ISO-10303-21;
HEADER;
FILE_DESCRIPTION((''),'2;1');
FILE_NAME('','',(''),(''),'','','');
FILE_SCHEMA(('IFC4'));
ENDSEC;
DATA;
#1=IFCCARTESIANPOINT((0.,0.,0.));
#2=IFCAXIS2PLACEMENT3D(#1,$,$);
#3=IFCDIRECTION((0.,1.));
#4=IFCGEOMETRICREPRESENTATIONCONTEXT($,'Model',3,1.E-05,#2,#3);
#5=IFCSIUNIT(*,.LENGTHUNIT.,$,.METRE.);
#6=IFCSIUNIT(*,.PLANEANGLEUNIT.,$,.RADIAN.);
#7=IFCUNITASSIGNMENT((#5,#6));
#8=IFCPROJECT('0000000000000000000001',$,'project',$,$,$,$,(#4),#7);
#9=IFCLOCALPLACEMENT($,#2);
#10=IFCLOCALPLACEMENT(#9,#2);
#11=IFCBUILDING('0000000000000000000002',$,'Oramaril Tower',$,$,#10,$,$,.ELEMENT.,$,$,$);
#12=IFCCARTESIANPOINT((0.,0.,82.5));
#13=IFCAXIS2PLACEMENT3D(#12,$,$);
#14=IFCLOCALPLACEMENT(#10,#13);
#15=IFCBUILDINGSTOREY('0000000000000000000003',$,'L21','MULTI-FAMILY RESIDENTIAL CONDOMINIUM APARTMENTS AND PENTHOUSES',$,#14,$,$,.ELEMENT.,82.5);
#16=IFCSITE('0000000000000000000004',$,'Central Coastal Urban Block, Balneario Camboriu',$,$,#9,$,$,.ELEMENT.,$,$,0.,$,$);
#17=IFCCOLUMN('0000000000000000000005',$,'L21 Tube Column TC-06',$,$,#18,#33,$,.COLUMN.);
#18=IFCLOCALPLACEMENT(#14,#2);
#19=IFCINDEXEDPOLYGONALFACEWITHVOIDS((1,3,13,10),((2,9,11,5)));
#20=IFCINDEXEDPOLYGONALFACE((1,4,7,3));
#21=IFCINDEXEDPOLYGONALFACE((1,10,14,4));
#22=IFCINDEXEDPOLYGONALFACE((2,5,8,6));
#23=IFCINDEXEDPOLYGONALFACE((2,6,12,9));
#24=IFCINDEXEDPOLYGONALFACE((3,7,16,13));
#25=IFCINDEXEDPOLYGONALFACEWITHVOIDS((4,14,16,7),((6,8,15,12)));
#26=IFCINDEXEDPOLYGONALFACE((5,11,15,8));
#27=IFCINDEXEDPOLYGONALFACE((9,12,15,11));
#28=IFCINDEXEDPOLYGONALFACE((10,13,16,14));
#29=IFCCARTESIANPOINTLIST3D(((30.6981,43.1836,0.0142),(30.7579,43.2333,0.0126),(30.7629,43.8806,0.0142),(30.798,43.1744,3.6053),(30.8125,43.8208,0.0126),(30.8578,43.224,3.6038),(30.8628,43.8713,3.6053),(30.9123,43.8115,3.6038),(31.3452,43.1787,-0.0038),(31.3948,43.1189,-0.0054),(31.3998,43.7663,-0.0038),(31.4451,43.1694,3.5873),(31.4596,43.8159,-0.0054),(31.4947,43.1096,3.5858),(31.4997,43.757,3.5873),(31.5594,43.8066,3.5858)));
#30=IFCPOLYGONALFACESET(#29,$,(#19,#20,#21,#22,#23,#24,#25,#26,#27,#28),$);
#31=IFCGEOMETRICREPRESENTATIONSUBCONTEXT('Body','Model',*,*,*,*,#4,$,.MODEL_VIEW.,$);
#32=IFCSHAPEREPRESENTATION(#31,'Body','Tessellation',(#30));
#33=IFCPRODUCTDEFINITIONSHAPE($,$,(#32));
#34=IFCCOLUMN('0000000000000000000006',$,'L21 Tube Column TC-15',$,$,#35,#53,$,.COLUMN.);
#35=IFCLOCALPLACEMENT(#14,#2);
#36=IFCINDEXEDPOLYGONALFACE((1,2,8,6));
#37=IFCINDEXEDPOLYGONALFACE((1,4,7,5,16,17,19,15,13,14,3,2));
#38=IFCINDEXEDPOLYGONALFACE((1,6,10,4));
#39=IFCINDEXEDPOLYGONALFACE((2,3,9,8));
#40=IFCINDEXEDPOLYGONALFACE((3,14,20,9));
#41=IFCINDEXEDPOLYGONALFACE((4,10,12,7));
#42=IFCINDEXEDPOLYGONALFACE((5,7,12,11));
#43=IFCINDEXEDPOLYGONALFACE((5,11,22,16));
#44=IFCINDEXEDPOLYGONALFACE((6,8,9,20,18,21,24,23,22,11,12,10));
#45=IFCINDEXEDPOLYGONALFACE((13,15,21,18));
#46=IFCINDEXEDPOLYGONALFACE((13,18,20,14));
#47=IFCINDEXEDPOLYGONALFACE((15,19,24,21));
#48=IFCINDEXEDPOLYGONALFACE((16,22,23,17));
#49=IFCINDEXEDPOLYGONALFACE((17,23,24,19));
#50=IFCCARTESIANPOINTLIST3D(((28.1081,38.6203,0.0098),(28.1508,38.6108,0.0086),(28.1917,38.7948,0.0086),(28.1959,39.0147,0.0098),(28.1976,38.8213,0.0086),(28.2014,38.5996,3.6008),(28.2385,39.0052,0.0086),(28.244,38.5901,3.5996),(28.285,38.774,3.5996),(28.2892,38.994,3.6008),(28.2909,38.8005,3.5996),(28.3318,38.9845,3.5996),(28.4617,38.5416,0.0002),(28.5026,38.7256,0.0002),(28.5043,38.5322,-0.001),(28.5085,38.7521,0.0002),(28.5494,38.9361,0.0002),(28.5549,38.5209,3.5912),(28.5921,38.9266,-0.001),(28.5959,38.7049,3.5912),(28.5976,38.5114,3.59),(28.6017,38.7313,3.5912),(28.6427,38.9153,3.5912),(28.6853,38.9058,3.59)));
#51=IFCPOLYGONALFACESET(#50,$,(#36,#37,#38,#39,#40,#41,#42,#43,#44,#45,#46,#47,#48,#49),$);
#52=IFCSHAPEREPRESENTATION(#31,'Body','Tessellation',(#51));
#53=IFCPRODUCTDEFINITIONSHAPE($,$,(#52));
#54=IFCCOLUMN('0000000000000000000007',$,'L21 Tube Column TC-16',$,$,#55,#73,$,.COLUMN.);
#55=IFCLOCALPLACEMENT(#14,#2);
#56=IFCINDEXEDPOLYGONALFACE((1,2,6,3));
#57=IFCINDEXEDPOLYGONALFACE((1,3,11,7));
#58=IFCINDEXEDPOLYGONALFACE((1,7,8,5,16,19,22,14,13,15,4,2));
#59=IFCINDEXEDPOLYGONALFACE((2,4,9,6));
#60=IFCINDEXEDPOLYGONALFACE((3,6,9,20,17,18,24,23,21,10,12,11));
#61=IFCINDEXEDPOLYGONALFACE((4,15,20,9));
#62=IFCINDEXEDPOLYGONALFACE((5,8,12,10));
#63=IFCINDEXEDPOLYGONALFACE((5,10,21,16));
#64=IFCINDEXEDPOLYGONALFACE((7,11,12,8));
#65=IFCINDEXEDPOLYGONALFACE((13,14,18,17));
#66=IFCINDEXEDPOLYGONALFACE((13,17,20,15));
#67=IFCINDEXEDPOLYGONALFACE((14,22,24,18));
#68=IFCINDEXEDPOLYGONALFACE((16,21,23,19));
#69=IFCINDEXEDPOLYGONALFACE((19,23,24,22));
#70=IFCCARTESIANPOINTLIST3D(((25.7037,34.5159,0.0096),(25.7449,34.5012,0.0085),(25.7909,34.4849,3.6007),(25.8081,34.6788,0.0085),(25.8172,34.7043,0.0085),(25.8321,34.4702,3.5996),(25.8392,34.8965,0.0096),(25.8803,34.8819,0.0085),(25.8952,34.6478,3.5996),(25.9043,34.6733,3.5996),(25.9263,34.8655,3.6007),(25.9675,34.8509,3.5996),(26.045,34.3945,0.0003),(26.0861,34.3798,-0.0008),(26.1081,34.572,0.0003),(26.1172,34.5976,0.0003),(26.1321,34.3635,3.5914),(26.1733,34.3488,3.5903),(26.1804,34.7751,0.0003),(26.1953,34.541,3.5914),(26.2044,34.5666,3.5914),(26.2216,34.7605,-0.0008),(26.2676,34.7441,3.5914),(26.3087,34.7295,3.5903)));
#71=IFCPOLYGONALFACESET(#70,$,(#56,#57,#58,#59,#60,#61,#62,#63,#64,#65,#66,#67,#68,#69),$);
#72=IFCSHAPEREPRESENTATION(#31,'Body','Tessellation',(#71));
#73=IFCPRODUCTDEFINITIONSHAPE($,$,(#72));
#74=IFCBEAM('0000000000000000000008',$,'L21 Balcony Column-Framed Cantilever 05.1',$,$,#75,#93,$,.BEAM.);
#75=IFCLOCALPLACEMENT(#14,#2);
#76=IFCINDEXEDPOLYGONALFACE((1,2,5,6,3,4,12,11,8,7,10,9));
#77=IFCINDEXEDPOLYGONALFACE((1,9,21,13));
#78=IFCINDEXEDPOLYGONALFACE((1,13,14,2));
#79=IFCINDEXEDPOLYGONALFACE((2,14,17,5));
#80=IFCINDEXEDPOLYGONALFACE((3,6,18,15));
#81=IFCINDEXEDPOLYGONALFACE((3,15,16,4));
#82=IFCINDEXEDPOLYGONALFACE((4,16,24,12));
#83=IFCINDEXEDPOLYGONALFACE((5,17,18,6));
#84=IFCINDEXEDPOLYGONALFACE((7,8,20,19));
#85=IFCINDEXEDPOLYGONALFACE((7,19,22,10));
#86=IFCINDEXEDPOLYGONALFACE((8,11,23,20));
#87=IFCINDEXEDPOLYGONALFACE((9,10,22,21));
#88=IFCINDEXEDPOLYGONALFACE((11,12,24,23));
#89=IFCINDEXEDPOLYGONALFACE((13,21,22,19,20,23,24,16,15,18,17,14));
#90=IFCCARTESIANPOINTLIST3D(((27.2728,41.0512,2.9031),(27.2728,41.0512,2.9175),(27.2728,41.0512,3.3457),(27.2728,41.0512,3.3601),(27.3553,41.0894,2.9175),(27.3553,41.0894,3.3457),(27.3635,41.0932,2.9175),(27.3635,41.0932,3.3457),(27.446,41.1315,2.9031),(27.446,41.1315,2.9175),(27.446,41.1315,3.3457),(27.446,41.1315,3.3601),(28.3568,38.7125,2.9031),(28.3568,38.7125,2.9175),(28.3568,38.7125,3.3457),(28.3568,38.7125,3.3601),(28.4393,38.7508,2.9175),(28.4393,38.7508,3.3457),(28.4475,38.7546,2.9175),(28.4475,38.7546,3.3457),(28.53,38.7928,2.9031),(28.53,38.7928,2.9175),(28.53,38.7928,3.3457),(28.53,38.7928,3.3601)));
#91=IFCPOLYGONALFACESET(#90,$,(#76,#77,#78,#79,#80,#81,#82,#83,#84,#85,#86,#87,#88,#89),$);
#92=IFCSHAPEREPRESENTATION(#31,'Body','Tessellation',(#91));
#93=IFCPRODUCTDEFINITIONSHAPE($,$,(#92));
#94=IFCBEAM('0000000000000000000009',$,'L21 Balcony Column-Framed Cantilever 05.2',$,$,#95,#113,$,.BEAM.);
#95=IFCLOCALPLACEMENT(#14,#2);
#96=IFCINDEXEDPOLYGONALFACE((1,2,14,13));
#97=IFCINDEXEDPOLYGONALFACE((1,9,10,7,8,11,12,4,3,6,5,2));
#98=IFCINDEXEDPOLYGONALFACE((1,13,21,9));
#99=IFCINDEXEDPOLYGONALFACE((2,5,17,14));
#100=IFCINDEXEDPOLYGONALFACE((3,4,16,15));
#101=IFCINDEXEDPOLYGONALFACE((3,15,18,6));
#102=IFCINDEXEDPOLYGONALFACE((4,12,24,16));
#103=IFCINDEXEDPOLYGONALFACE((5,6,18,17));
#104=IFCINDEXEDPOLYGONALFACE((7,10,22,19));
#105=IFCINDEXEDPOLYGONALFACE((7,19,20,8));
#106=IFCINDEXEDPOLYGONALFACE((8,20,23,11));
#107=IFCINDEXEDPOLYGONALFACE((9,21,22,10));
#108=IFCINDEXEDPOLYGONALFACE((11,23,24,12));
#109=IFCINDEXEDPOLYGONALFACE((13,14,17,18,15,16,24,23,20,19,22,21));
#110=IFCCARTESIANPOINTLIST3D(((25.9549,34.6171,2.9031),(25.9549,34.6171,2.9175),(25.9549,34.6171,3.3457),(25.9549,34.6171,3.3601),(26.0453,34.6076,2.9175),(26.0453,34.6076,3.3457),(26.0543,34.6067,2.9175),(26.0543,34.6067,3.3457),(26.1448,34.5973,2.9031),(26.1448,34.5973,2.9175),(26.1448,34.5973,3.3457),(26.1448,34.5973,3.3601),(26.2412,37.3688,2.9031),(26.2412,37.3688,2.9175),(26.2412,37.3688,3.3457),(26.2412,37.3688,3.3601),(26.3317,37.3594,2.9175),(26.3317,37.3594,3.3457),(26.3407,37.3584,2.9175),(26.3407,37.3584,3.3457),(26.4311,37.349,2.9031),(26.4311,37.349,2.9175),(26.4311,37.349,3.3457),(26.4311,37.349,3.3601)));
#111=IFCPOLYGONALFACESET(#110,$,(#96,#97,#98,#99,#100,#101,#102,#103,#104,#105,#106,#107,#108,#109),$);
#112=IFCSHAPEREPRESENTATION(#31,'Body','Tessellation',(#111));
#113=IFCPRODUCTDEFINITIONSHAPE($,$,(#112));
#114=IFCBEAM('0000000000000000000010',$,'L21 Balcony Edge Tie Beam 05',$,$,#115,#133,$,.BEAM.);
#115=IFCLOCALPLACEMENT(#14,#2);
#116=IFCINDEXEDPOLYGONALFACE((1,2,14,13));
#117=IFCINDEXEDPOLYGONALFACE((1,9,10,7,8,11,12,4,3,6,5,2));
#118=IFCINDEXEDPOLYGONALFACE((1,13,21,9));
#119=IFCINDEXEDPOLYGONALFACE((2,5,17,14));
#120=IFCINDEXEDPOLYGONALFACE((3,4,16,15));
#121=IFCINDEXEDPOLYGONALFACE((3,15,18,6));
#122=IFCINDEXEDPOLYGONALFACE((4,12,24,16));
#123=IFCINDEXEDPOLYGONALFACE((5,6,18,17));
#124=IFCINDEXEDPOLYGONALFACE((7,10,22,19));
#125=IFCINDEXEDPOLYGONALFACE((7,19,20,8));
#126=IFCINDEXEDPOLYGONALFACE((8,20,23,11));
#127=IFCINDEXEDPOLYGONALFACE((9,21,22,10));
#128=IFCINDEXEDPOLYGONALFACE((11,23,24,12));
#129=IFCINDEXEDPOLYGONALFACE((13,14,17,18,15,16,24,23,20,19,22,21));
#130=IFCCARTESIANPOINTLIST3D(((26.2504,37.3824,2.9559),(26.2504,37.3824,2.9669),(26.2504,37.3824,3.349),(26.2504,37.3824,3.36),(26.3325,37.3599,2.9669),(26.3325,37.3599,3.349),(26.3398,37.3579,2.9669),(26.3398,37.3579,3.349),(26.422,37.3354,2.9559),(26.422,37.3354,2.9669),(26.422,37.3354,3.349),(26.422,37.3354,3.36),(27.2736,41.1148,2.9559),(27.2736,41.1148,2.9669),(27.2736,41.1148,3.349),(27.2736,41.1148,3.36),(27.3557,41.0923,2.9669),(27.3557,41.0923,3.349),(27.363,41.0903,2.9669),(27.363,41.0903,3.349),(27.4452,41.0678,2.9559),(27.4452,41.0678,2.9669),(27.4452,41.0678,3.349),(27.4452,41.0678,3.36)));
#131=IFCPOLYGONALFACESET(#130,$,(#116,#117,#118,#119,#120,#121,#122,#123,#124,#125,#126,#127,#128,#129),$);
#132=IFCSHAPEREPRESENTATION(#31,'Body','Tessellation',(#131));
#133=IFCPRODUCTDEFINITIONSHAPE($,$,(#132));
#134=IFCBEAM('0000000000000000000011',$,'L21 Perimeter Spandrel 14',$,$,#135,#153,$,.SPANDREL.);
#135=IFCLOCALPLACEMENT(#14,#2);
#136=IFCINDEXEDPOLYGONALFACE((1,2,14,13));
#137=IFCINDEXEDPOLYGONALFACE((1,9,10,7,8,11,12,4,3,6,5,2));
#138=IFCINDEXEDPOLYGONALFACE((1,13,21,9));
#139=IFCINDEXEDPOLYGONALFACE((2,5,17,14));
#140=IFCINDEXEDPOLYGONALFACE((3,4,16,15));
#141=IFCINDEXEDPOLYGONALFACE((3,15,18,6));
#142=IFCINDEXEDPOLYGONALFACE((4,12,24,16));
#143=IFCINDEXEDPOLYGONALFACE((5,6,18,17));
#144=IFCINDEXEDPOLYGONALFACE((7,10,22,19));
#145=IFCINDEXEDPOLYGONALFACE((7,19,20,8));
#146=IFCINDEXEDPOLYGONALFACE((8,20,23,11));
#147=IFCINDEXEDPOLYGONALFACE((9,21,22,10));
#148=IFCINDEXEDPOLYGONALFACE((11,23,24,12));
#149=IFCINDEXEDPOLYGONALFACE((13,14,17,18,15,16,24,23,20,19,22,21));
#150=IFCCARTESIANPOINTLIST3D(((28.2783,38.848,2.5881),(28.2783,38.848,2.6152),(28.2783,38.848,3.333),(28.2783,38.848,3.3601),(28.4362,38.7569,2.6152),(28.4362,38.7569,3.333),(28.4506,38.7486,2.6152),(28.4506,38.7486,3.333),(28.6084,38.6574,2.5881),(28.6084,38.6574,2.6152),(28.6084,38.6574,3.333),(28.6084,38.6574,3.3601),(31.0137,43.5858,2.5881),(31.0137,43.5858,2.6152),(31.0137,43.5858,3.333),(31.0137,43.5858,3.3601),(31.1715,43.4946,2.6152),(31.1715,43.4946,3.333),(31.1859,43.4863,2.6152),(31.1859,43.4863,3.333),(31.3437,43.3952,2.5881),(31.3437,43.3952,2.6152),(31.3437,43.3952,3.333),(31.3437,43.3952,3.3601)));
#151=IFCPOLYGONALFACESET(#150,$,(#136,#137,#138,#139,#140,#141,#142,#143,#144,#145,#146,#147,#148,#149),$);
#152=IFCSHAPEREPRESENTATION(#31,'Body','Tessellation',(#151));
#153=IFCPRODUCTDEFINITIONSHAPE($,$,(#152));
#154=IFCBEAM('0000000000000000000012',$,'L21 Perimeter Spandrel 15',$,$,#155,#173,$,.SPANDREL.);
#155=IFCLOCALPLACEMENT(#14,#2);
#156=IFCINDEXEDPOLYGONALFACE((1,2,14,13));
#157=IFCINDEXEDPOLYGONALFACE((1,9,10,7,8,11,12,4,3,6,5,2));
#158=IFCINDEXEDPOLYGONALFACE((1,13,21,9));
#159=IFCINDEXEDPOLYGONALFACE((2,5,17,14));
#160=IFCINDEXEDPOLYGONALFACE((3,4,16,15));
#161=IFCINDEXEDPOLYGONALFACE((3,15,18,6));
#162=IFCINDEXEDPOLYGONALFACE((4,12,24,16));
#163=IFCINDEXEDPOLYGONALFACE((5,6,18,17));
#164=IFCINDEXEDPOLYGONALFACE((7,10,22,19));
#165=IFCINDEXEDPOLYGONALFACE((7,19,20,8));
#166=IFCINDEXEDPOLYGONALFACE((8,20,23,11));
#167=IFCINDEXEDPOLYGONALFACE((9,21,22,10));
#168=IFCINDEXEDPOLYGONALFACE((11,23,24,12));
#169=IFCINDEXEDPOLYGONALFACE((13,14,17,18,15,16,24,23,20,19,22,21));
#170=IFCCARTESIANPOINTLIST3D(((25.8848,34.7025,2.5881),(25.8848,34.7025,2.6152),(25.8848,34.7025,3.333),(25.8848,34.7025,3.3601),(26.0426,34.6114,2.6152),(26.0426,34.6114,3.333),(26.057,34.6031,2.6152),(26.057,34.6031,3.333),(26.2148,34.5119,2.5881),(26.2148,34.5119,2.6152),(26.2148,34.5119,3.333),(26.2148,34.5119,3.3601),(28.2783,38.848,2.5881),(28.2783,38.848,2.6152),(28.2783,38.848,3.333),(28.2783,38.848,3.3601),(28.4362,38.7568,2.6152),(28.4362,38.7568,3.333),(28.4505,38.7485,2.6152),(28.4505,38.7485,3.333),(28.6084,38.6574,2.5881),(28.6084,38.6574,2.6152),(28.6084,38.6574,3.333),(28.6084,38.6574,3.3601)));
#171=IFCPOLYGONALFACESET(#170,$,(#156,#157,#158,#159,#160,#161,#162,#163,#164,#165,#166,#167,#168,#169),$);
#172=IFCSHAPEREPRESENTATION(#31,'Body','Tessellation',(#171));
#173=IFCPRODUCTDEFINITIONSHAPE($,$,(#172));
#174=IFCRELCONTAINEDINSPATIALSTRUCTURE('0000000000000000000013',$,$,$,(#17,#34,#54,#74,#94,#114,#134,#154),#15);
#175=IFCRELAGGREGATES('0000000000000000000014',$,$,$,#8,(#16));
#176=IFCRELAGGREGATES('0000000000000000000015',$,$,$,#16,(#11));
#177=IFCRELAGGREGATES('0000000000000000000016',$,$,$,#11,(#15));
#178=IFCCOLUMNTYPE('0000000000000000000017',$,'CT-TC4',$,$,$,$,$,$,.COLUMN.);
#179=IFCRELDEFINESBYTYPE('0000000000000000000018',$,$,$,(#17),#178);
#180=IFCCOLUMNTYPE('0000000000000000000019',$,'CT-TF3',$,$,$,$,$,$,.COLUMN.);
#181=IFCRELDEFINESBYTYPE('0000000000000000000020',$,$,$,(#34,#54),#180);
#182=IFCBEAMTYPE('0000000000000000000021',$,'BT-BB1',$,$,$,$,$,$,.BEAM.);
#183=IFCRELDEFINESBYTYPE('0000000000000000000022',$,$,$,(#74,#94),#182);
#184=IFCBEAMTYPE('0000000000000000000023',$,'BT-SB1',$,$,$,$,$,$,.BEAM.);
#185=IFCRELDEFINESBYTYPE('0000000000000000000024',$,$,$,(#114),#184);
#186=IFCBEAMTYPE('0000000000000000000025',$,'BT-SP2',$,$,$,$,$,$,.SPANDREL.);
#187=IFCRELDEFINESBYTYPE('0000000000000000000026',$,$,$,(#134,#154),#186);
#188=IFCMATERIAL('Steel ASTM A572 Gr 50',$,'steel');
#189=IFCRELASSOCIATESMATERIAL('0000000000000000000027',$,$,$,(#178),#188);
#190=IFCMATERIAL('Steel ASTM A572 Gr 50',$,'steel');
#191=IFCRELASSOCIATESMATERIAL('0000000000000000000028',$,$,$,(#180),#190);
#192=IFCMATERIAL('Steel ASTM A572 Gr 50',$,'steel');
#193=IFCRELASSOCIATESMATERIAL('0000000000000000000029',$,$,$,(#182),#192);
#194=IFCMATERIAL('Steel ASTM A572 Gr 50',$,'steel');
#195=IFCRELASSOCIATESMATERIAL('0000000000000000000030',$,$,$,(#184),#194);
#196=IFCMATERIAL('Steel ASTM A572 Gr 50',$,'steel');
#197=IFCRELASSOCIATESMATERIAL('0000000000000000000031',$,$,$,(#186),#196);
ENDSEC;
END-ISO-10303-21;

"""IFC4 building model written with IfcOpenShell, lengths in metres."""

from ifc_helpers import new_model, si_unit, direction, frame, origin, origin_2d, place, context, subcontext, project, spatial, hollow_rectangle, i_section, extrude, material, material_profile, profile_set, type_object, element, save


model = new_model("IFC4")

# Units and contexts
model_context = context("Model", 3, precision=1e-05, world=origin(), true_north=direction((0.0, 1.0)))
body_context = subcontext(model_context, "Body", "Model", "MODEL_VIEW")
ifc_project = project(units=[si_unit("LENGTHUNIT", "METRE"), si_unit("PLANEANGLEUNIT", "RADIAN")], contexts=[model_context])

# Site, building, storey
site_placement = place(None, origin())
site = spatial("IfcSite", under=ifc_project, at=site_placement, Name="Central Coastal Urban Block, Balneario Camboriu", CompositionType="ELEMENT", RefElevation=0.0)
building_placement = place(site_placement, origin())
building = spatial("IfcBuilding", under=site, at=building_placement, Name="Oramaril Tower", CompositionType="ELEMENT")
storey_placement = place(building_placement, frame((0.0, 0.0, 82.5)))
storey = spatial("IfcBuildingStorey", under=building, at=storey_placement, Name="L21", Description="MULTI-FAMILY RESIDENTIAL CONDOMINIUM APARTMENTS AND PENTHOUSES", CompositionType="ELEMENT", Elevation=82.5)

# Columns
ifc_material_1 = material(Name="Steel ASTM A572 Gr 50", Category="steel")
ifc_material_profile_1 = material_profile(ifc_material_1, hollow_rectangle(XDim=0.7, YDim=0.7, WallThickness=0.0549, at=origin_2d()), Name="BOX700X700X55")
ifc_profile_set_1 = profile_set([ifc_material_profile_1], Name="Steel ASTM A572 Gr 50")
column_type_1 = type_object("IfcColumnType", Name="CT-TC4", PredefinedType="COLUMN", material=ifc_profile_set_1)
column_placement = place(storey_placement, frame((31.0789, 43.4998, 0.0044), z_axis=(0.027795, -0.002582, 0.99961), x_axis=(0.092511, 0.995712, 0.0)))
element("IfcColumn", 1, at=column_placement, inside=storey, type_object=column_type_1, Name="L21 Tube Column TC-06", PredefinedType="COLUMN", context=body_context, shape_type="SweptSolid", body=[
    extrude(hollow_rectangle(XDim=0.7, YDim=0.7, WallThickness=0.0549, at=origin_2d()), origin(), (0.0, 0.0, 1.0), 3.5925),
])
ifc_material_2 = material(Name="Steel ASTM A572 Gr 50", Category="steel")
ifc_material_profile_2 = material_profile(ifc_material_2, i_section(OverallWidth=0.4041, OverallDepth=0.406, WebThickness=0.0271, FlangeThickness=0.0437, at=origin_2d()), Name="W14X233")
ifc_profile_set_2 = profile_set([ifc_material_profile_2], Name="Steel ASTM A572 Gr 50")
column_type_2 = type_object("IfcColumnType", Name="CT-TF3", PredefinedType="COLUMN", material=ifc_profile_set_2)
for number, where, z_axis, x_axis, name in (
    (2, (28.3501, 38.7734, 0.0044), (0.025961, -0.005777, 0.999646), (0.217201, 0.976127, 0.0), "L21 Tube Column TC-15"),
    (3, (25.9626, 34.6382, 0.0044), (0.024263, -0.008631, 0.999668), (0.335166, 0.942159, 0.0), "L21 Tube Column TC-16"),
):
    element("IfcColumn", number, at=place(storey_placement, frame(where, z_axis=z_axis, x_axis=x_axis)), inside=storey, type_object=column_type_2, Name=name, PredefinedType="COLUMN", context=body_context, shape_type="SweptSolid", body=[
        extrude(i_section(OverallWidth=0.4041, OverallDepth=0.406, WebThickness=0.0271, FlangeThickness=0.0437, at=origin_2d()), origin(), (0.0, 0.0, 1.0), 3.5923),
    ])

# Beams
ifc_material_3 = material(Name="Steel ASTM A572 Gr 50", Category="steel")
ifc_material_profile_3 = material_profile(ifc_material_3, i_section(OverallWidth=0.1909, OverallDepth=0.457, WebThickness=0.009, FlangeThickness=0.0144, at=origin_2d()), Name="W18X50")
ifc_profile_set_3 = profile_set([ifc_material_profile_3], Name="Steel ASTM A572 Gr 50")
beam_type_1 = type_object("IfcBeamType", Name="BT-BB1", PredefinedType="BEAM", material=ifc_profile_set_3)
beam_1_placement = place(storey_placement, frame((28.4434, 38.7527, 3.1316), z_axis=(-0.420535, 0.907276, 0.0), x_axis=(-0.907276, -0.420535, 0.0)))
element("IfcBeam", 4, at=beam_1_placement, inside=storey, type_object=beam_type_1, Name="L21 Balcony Column-Framed Cantilever 05.1", PredefinedType="BEAM", context=body_context, shape_type="SweptSolid", body=[
    extrude(i_section(OverallWidth=0.1909, OverallDepth=0.457, WebThickness=0.009, FlangeThickness=0.0144, at=origin_2d()), origin(), (0.0, 0.0, 1.0), 2.5776),
])
beam_2_placement = place(storey_placement, frame((26.0498, 34.6072, 3.1316), z_axis=(0.103513, 0.994628, 0.0), x_axis=(-0.994628, 0.103513, 0.0)))
element("IfcBeam", 5, at=beam_2_placement, inside=storey, type_object=beam_type_1, Name="L21 Balcony Column-Framed Cantilever 05.2", PredefinedType="BEAM", context=body_context, shape_type="SweptSolid", body=[
    extrude(i_section(OverallWidth=0.1909, OverallDepth=0.457, WebThickness=0.009, FlangeThickness=0.0144, at=origin_2d()), origin(), (0.0, 0.0, 1.0), 2.7666),
])
ifc_material_4 = material(Name="Steel ASTM A572 Gr 50", Category="steel")
ifc_material_profile_4 = material_profile(ifc_material_4, i_section(OverallWidth=0.178, OverallDepth=0.4041, WebThickness=0.0076, FlangeThickness=0.011, at=origin_2d()), Name="W16X36")
ifc_profile_set_4 = profile_set([ifc_material_profile_4], Name="Steel ASTM A572 Gr 50")
beam_type_2 = type_object("IfcBeamType", Name="BT-SB1", PredefinedType="BEAM", material=ifc_profile_set_4)
beam_3_placement = place(storey_placement, frame((27.3594, 41.0913, 3.158), z_axis=(-0.264382, -0.964418, 0.0), x_axis=(0.964418, -0.264382, 0.0)))
element("IfcBeam", 6, at=beam_3_placement, inside=storey, type_object=beam_type_2, Name="L21 Balcony Edge Tie Beam 05", PredefinedType="BEAM", context=body_context, shape_type="SweptSolid", body=[
    extrude(i_section(OverallWidth=0.178, OverallDepth=0.4041, WebThickness=0.0076, FlangeThickness=0.011, at=origin_2d()), origin(), (0.0, 0.0, 1.0), 3.8701),
])
ifc_material_5 = material(Name="Steel ASTM A572 Gr 50", Category="steel")
ifc_material_profile_5 = material_profile(ifc_material_5, i_section(OverallWidth=0.3811, OverallDepth=0.772, WebThickness=0.0166, FlangeThickness=0.0271, at=origin_2d()), Name="W30X173")
ifc_profile_set_5 = profile_set([ifc_material_profile_5], Name="Steel ASTM A572 Gr 50")
beam_type_3 = type_object("IfcBeamType", Name="BT-SP2", PredefinedType="SPANDREL", material=ifc_profile_set_5)
beam_4_placement = place(storey_placement, frame((31.1787, 43.4905, 2.9741), z_axis=(-0.499998, -0.866027, 0.0), x_axis=(0.866027, -0.499998, 0.0)))
element("IfcBeam", 7, at=beam_4_placement, inside=storey, type_object=beam_type_3, Name="L21 Perimeter Spandrel 14", PredefinedType="SPANDREL", context=body_context, shape_type="SweptSolid", body=[
    extrude(i_section(OverallWidth=0.3811, OverallDepth=0.772, WebThickness=0.0166, FlangeThickness=0.0271, at=origin_2d()), origin(), (0.0, 0.0, 1.0), 5.4707),
])
beam_5_placement = place(storey_placement, frame((28.4434, 38.7527, 2.9741), z_axis=(-0.500023, -0.866012, 0.0), x_axis=(0.866012, -0.500023, 0.0)))
element("IfcBeam", 8, at=beam_5_placement, inside=storey, type_object=beam_type_3, Name="L21 Perimeter Spandrel 15", PredefinedType="SPANDREL", context=body_context, shape_type="SweptSolid", body=[
    extrude(i_section(OverallWidth=0.3811, OverallDepth=0.772, WebThickness=0.0166, FlangeThickness=0.0271, at=origin_2d()), origin(), (0.0, 0.0, 1.0), 4.7869),
])

save(model, "model.ifc")
